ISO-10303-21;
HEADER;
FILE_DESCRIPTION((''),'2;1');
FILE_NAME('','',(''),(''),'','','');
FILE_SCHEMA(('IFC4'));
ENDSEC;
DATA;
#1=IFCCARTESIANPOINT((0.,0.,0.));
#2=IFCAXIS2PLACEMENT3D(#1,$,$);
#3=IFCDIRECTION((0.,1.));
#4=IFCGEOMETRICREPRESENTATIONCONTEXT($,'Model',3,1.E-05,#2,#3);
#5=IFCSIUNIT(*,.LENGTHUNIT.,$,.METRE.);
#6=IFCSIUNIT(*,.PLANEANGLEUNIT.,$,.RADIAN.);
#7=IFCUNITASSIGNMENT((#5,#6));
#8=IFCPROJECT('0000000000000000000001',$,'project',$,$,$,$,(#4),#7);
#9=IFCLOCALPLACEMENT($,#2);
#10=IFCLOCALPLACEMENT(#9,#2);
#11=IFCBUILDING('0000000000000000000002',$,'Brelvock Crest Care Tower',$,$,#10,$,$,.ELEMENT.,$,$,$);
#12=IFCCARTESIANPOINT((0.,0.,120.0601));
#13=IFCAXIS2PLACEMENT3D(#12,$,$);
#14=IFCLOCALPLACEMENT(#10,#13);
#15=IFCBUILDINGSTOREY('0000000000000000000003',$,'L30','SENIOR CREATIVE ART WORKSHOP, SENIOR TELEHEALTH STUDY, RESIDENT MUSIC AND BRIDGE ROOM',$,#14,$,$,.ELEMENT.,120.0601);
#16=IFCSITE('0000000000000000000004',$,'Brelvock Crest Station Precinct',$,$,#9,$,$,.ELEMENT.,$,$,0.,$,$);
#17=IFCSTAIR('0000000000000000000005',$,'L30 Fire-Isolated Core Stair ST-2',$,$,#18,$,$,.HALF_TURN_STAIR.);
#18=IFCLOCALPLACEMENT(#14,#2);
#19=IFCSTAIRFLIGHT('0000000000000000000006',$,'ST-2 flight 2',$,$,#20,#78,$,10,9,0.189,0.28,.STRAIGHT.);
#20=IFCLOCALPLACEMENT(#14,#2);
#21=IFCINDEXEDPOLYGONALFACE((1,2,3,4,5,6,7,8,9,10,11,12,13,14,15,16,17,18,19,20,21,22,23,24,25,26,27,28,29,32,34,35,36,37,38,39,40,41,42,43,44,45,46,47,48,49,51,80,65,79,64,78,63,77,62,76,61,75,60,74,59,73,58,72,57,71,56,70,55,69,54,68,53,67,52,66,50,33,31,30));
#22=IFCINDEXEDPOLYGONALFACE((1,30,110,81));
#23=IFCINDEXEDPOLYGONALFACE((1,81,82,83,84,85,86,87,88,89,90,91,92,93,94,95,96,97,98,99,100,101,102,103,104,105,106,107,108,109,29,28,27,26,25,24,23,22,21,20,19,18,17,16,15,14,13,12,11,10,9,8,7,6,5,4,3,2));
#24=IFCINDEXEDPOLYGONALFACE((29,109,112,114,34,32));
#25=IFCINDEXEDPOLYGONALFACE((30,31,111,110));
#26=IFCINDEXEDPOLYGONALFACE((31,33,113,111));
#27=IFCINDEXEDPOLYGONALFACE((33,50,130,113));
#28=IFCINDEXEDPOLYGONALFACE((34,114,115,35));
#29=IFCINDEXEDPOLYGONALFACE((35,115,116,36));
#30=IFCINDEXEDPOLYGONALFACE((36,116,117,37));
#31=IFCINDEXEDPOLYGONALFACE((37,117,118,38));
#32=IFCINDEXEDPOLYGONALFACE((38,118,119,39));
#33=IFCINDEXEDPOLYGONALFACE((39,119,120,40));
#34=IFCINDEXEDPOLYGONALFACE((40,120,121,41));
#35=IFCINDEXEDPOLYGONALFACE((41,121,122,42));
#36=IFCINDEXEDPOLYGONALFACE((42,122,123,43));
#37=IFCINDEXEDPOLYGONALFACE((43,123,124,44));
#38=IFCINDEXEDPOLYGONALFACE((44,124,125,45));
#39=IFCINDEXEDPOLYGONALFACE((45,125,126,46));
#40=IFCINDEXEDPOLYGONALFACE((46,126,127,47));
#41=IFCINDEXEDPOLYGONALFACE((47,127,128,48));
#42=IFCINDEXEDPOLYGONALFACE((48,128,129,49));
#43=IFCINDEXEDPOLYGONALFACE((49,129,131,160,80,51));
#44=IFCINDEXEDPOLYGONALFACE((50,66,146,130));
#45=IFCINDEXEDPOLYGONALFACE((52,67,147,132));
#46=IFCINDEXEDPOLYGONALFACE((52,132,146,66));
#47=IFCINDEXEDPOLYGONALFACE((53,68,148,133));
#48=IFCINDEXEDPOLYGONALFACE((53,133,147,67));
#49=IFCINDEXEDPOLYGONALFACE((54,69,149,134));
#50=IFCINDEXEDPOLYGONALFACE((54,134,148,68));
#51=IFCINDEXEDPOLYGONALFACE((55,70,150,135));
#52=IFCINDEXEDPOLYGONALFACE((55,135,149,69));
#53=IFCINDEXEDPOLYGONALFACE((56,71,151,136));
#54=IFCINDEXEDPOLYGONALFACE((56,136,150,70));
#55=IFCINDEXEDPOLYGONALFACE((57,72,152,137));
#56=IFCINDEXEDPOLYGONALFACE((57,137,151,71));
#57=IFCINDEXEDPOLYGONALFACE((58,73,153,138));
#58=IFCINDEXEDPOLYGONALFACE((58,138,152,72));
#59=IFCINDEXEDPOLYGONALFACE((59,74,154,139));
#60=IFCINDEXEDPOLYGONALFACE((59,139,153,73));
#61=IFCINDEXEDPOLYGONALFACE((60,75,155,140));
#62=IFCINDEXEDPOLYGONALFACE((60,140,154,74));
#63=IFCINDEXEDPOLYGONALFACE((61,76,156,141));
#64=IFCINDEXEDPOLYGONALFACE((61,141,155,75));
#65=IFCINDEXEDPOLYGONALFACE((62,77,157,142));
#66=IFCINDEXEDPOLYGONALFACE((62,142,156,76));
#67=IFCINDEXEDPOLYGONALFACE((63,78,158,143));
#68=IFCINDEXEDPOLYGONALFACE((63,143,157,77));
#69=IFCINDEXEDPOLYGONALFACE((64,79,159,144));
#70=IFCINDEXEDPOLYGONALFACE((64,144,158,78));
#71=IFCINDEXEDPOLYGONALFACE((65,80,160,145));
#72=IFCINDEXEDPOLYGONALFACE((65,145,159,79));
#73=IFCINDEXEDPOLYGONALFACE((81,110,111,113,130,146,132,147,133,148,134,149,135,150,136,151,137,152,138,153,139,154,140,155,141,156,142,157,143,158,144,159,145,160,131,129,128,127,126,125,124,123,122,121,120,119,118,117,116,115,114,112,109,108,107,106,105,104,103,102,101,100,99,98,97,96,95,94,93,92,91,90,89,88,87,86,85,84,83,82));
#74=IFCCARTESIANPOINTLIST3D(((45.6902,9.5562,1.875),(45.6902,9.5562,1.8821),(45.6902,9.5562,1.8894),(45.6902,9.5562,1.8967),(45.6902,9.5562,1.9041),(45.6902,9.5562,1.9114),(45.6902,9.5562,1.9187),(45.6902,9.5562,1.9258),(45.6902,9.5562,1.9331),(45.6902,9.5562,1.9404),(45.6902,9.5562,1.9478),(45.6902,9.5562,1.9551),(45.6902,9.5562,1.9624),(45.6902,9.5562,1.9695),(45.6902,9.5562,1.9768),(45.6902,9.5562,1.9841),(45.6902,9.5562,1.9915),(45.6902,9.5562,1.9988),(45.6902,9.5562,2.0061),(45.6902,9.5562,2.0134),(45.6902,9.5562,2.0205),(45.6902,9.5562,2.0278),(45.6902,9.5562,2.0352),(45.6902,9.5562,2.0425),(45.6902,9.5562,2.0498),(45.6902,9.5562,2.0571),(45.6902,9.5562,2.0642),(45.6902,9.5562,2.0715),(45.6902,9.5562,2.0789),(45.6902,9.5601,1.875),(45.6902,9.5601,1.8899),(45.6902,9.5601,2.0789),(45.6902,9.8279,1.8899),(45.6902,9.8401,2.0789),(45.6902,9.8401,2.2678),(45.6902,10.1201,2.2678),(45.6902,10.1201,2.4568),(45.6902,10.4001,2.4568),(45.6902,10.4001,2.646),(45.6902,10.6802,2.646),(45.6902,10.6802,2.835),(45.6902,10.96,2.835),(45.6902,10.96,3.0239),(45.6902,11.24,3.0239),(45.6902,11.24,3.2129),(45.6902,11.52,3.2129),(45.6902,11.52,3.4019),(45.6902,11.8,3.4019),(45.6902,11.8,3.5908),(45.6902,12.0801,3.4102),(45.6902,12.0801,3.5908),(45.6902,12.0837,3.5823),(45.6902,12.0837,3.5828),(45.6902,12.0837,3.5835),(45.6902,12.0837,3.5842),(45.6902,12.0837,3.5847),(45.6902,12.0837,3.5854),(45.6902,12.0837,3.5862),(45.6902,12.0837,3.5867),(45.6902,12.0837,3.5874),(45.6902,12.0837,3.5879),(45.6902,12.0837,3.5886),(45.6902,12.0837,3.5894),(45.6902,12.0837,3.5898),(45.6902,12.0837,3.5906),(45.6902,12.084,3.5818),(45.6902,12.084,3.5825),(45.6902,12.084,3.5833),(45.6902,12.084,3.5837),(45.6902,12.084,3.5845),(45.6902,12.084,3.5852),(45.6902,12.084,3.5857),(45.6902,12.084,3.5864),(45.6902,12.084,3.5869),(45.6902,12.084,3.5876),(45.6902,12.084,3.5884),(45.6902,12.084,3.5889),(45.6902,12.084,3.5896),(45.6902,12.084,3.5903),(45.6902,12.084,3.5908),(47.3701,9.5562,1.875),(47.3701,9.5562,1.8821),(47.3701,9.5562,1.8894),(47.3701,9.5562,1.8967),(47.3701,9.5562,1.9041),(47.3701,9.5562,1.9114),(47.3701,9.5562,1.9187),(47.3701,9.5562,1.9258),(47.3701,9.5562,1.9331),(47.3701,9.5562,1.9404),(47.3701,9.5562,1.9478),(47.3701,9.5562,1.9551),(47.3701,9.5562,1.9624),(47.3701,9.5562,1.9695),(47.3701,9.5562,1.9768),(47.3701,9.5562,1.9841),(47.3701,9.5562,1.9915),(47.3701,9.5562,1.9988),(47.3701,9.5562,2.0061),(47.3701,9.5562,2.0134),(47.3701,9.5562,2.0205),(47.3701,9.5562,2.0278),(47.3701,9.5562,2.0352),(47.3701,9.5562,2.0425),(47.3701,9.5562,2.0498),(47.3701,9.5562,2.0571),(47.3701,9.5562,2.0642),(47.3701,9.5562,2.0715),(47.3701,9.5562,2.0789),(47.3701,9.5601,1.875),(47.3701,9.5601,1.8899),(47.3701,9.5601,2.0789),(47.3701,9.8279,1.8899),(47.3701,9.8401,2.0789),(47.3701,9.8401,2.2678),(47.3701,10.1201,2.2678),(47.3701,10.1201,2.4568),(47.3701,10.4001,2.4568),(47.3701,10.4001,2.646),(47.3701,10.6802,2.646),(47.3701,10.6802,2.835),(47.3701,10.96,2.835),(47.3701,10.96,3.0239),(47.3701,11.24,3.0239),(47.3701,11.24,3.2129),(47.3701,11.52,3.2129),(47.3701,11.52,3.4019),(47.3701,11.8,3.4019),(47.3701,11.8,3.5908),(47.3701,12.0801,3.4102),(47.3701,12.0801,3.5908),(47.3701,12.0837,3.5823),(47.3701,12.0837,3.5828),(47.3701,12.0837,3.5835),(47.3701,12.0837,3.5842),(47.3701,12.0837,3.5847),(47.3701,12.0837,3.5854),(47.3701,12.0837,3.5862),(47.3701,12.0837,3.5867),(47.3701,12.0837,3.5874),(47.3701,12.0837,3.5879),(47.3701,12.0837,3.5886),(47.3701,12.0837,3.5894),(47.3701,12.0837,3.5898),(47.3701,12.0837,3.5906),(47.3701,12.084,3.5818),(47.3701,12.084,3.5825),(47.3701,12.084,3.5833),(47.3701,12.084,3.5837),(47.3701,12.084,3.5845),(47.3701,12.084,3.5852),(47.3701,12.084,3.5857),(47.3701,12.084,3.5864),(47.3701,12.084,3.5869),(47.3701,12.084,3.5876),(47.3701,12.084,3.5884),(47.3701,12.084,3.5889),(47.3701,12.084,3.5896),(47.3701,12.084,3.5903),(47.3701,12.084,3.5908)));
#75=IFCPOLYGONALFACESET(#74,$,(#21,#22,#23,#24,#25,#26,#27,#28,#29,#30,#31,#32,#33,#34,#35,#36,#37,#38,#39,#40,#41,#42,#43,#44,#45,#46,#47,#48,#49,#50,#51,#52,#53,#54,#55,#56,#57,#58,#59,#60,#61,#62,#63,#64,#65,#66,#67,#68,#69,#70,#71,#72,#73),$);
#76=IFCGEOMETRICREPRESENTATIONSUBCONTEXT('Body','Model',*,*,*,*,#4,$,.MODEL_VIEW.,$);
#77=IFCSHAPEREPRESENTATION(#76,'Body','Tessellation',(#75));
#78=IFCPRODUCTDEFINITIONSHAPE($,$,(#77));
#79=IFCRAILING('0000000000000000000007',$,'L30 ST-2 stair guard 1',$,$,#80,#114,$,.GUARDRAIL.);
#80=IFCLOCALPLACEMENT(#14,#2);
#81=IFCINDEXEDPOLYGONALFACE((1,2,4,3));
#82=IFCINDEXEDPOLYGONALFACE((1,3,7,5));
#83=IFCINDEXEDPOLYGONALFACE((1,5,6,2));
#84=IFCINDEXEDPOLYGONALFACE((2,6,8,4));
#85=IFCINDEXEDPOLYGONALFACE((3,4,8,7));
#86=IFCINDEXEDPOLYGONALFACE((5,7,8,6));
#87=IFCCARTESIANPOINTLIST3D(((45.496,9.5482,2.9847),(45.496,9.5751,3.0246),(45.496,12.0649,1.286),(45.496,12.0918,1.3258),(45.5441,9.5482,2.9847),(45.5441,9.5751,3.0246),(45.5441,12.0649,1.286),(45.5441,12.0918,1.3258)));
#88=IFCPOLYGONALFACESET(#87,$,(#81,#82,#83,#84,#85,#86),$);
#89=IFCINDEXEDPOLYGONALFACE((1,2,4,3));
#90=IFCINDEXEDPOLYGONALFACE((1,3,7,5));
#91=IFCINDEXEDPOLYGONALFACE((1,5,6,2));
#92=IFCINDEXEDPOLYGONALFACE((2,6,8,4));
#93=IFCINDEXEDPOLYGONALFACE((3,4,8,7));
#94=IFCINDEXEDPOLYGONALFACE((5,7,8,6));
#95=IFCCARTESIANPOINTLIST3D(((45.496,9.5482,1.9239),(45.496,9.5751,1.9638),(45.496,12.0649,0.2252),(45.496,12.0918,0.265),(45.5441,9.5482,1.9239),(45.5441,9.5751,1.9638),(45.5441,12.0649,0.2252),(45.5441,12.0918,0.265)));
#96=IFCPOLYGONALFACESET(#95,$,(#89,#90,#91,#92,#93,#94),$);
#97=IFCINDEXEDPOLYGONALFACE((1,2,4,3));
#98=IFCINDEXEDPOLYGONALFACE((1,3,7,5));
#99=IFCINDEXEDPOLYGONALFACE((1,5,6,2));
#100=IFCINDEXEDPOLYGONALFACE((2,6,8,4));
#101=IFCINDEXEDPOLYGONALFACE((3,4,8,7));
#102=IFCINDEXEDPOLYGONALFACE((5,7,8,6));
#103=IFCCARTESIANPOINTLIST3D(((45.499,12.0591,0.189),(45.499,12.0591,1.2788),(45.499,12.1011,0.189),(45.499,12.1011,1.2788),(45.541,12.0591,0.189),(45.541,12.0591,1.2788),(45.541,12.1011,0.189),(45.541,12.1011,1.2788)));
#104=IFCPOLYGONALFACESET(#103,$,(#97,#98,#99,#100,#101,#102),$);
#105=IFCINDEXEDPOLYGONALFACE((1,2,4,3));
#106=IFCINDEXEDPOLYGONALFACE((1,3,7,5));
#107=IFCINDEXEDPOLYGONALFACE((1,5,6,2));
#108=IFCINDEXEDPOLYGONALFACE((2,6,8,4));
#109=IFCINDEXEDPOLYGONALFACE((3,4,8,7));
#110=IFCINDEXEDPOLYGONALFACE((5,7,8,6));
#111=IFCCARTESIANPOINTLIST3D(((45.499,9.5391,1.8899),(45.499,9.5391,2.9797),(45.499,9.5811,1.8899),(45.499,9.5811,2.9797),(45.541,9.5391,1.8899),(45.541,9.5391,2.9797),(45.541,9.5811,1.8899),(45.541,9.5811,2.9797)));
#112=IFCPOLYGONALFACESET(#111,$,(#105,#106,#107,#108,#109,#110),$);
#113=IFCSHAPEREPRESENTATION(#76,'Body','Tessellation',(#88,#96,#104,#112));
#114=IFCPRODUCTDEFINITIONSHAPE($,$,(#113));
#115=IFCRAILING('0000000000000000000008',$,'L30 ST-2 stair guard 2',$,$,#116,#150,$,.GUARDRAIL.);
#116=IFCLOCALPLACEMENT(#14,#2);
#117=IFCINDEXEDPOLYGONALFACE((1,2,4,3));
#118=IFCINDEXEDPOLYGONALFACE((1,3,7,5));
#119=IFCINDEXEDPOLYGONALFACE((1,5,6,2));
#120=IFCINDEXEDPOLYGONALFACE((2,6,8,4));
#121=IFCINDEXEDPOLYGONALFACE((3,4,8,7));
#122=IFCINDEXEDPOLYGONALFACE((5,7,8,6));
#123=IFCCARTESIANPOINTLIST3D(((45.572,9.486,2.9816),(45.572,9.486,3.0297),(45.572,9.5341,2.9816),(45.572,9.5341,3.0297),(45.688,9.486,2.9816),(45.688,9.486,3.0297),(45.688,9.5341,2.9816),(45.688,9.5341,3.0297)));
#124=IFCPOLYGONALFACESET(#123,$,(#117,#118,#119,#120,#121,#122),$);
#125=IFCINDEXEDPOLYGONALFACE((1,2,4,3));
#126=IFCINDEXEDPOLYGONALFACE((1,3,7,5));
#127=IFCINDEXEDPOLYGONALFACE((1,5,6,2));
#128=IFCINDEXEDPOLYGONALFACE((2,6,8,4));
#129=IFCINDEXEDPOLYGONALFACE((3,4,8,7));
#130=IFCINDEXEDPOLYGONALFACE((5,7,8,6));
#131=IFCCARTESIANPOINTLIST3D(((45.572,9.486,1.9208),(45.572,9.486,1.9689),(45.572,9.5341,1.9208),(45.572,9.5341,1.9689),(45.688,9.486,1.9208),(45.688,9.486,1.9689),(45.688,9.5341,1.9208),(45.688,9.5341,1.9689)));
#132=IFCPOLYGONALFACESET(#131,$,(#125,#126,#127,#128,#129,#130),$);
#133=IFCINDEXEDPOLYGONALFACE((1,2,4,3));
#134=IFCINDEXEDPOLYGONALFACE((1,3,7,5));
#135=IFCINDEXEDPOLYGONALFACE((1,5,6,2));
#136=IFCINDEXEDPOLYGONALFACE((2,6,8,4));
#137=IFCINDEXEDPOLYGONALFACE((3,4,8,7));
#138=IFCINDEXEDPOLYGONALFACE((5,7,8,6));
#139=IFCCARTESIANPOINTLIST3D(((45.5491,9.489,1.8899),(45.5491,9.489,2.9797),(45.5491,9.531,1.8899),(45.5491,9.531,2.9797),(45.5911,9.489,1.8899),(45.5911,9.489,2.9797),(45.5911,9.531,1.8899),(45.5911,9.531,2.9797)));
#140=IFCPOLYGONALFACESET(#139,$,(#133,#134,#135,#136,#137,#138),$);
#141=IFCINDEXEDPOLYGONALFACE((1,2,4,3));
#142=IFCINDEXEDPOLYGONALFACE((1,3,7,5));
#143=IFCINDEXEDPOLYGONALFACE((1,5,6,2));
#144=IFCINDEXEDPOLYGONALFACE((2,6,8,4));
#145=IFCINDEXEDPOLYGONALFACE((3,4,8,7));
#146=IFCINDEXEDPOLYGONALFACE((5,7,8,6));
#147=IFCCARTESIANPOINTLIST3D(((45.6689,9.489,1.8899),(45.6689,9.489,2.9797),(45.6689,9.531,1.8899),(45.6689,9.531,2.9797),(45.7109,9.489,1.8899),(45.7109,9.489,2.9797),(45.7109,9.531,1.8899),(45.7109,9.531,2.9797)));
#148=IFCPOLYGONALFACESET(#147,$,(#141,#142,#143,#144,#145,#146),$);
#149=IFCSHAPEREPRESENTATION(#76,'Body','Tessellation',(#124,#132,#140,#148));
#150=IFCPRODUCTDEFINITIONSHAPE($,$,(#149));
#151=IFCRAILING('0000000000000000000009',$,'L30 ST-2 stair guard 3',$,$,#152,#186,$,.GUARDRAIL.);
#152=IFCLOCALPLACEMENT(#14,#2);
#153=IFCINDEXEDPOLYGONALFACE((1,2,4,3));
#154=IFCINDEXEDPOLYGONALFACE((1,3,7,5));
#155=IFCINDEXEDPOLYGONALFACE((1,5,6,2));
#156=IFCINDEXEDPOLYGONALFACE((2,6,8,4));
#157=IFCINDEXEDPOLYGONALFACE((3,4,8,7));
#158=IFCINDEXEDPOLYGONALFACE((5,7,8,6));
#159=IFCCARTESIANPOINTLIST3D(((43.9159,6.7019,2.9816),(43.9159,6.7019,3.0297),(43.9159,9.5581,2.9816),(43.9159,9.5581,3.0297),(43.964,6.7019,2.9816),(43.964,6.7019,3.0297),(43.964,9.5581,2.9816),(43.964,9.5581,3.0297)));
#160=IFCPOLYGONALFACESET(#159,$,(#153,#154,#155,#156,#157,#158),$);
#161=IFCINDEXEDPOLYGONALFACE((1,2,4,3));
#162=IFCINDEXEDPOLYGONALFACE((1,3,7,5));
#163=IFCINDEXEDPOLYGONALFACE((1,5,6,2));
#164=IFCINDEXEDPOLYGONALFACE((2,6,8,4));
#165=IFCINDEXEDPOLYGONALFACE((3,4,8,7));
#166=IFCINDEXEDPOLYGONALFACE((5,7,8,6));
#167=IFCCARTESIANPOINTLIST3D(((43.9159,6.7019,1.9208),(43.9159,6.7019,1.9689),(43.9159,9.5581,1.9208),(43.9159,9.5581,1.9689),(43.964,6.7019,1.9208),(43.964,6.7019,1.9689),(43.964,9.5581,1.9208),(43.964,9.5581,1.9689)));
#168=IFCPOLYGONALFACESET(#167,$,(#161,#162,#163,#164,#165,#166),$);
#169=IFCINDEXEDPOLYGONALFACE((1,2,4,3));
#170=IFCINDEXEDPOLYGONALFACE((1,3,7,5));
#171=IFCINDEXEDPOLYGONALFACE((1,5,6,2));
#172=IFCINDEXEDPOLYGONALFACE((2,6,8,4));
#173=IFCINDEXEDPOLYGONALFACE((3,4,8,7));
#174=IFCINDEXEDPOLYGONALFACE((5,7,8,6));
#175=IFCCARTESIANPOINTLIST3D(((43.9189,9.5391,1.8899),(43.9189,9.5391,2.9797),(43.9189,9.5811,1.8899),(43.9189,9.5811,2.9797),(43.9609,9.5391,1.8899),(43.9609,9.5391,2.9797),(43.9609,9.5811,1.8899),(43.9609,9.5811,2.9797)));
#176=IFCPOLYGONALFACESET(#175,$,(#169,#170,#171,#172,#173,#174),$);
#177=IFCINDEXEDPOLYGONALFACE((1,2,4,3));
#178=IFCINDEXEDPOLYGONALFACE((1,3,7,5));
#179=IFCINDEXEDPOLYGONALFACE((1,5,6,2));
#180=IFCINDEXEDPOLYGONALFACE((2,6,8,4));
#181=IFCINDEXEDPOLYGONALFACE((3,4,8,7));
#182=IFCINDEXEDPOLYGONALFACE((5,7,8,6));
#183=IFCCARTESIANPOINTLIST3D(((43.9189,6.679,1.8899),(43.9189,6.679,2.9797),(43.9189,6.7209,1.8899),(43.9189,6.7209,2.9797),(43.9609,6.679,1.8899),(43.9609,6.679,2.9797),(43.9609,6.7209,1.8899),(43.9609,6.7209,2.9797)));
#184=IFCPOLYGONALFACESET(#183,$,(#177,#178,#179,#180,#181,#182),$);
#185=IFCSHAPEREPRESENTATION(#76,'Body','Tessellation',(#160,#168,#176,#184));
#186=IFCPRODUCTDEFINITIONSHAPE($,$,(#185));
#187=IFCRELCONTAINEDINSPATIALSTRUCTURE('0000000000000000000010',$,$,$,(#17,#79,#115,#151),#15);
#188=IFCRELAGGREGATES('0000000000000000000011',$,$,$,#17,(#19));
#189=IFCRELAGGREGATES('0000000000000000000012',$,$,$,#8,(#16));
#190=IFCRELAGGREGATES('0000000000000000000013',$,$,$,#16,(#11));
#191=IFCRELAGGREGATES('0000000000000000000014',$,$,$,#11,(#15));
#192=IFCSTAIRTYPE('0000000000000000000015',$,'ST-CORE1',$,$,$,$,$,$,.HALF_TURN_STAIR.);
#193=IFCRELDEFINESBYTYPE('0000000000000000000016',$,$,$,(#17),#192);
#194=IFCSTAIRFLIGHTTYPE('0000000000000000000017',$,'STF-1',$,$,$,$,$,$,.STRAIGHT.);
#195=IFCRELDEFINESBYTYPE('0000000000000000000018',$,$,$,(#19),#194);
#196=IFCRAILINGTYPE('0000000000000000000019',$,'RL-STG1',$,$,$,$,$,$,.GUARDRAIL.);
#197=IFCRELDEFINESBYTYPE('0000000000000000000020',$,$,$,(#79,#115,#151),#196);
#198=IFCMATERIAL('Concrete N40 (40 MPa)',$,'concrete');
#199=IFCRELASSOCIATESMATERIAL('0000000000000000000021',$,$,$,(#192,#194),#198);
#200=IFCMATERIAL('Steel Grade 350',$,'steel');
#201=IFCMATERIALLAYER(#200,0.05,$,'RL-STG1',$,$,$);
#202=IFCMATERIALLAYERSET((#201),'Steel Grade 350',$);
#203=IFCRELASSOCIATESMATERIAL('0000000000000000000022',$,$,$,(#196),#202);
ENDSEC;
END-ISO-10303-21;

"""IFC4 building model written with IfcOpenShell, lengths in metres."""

from ifc_helpers import new_model, si_unit, direction, frame, origin, origin_2d, place, context, subcontext, project, spatial, polyline, rectangle, outline, extrude, material, layer, layer_set, type_object, element, aggregate, save


model = new_model("IFC4")

# Units and contexts
model_context = context("Model", 3, precision=1e-05, world=origin(), true_north=direction((0.0, 1.0)))
body_context = subcontext(model_context, "Body", "Model", "MODEL_VIEW")
ifc_project = project(units=[si_unit("LENGTHUNIT", "METRE"), si_unit("PLANEANGLEUNIT", "RADIAN")], contexts=[model_context])

# Site, building, storey
site_placement = place(None, origin())
site = spatial("IfcSite", under=ifc_project, at=site_placement, Name="Brelvock Crest Station Precinct", CompositionType="ELEMENT", RefElevation=0.0)
building_placement = place(site_placement, origin())
building = spatial("IfcBuilding", under=site, at=building_placement, Name="Brelvock Crest Care Tower", CompositionType="ELEMENT")
storey_placement = place(building_placement, frame((0.0, 0.0, 120.0601)))
storey = spatial("IfcBuildingStorey", under=building, at=storey_placement, Name="L30", Description="SENIOR CREATIVE ART WORKSHOP, SENIOR TELEHEALTH STUDY, RESIDENT MUSIC AND BRIDGE ROOM", CompositionType="ELEMENT", Elevation=120.0601)

# Shared definitions
ifc_material_1 = material(Name="Steel Grade 350", Category="steel")

# Stair, stair flight
ifc_material_2 = material(Name="Concrete N40 (40 MPa)", Category="concrete")
stair_type = type_object("IfcStairType", Name="ST-CORE1", PredefinedType="HALF_TURN_STAIR", material=ifc_material_2)
stair_placement = place(storey_placement, origin())
stair = element("IfcStair", 1, at=stair_placement, inside=storey, type_object=stair_type, Name="L30 Fire-Isolated Core Stair ST-2", PredefinedType="HALF_TURN_STAIR")
stair_flight_type = type_object("IfcStairFlightType", Name="STF-1", PredefinedType="STRAIGHT", material=ifc_material_2)
stair_flight_1_placement = place(storey_placement, frame((46.53, 9.5601, 1.8899), z_axis=(0.0, 0.0, 1.0), x_axis=(0.0, 1.0, 0.0)))
stair_flight_1 = element("IfcStairFlight", 2, at=stair_flight_1_placement, type_object=stair_flight_type, Name="ST-2 flight 2", NumberOfRisers=10, NumberOfTreads=9, PredefinedType="STRAIGHT", RiserHeight=0.189, TreadLength=0.28, context=body_context, shape_type="SweptSolid", body=[
    extrude(outline(polyline([(-0.0039, -0.0149), (-0.0039, -0.0078), (-0.0039, -0.0005), (-0.0039, 0.0068), (-0.0039, 0.0142), (-0.0039, 0.0215), (-0.0039, 0.0288), (-0.0039, 0.0359), (-0.0039, 0.0432), (-0.0039, 0.0505), (-0.0039, 0.0579), (-0.0039, 0.0652), (-0.0039, 0.0725), (-0.0039, 0.0796), (-0.0039, 0.0869), (-0.0039, 0.0942), (-0.0039, 0.1016), (-0.0039, 0.1089), (-0.0039, 0.1162), (-0.0039, 0.1235), (-0.0039, 0.1306), (-0.0039, 0.1379), (-0.0039, 0.1453), (-0.0039, 0.1526), (-0.0039, 0.1599), (-0.0039, 0.1672), (-0.0039, 0.1743), (-0.0039, 0.1816), (-0.0039, 0.189), (0.0, 0.189), (0.28, 0.189), (0.28, 0.3779), (0.5601, 0.3779), (0.5601, 0.5669), (0.8401, 0.5669), (0.8401, 0.7561), (1.1201, 0.7561), (1.1201, 0.9451), (1.3999, 0.9451), (1.3999, 1.134), (1.6799, 1.134), (1.6799, 1.323), (1.96, 1.323), (1.96, 1.512), (2.24, 1.512), (2.24, 1.7009), (2.52, 1.7009), (2.5239, 1.7009), (2.5237, 1.7007), (2.5239, 1.7004), (2.5237, 1.7), (2.5239, 1.6997), (2.5237, 1.6995), (2.5239, 1.699), (2.5237, 1.6987), (2.5239, 1.6985), (2.5237, 1.698), (2.5239, 1.6978), (2.5237, 1.6975), (2.5239, 1.697), (2.5237, 1.6968), (2.5239, 1.6965), (2.5237, 1.6963), (2.5239, 1.6958), (2.5237, 1.6956), (2.5239, 1.6953), (2.5237, 1.6948), (2.5239, 1.6946), (2.5237, 1.6943), (2.5239, 1.6938), (2.5237, 1.6936), (2.5239, 1.6934), (2.5237, 1.6929), (2.5239, 1.6926), (2.5237, 1.6924), (2.5239, 1.6919), (2.52, 1.5203), (0.2678, 0.0), (0.0, 0.0), (0.0, -0.0149), (-0.0039, -0.0149)])), frame((0.0, 0.8398, 0.0), z_axis=(0.0, -1.0, 0.0), x_axis=(1.0, 0.0, 0.0)), (0.0, 0.0, 1.0), 1.6799),
])
aggregate(stair, [stair_flight_1])

# Railings
ifc_layer_1 = layer(ifc_material_1, 0.05, Name="RL-STG1")
ifc_layer_set_1 = layer_set([ifc_layer_1], Name="Steel Grade 350")
railing_type_1 = type_object("IfcRailingType", Name="RL-STG1", PredefinedType="GUARDRAIL", material=ifc_layer_set_1)
railing_1_placement = place(storey_placement, frame((45.52, 12.0801, 0.189)))
element("IfcRailing", 3, at=railing_1_placement, inside=storey, type_object=railing_type_1, Name="L30 ST-2 stair guard 1", PredefinedType="GUARDRAIL", context=body_context, shape_type="SweptSolid", body=[
    extrude(rectangle(XDim=0.0481, YDim=0.0481, at=origin_2d()), frame((0.0, -0.0017, 1.1169), z_axis=(0.0, -0.828862, 0.559454), x_axis=(1.0, 0.0, 0.0)), (0.0, 0.0, 1.0), 3.0364),
    extrude(rectangle(XDim=0.0481, YDim=0.0481, at=origin_2d()), frame((0.0, -0.0017, 0.0562), z_axis=(0.0, -0.828862, 0.559454), x_axis=(1.0, 0.0, 0.0)), (0.0, 0.0, 1.0), 3.0364),
    extrude(rectangle(XDim=0.042, YDim=0.042, at=origin_2d()), origin(), (0.0, 0.0, 1.0), 1.0898),
    extrude(rectangle(XDim=0.042, YDim=0.042, at=origin_2d()), frame((0.0, -2.52, 1.7009)), (0.0, 0.0, 1.0), 1.0898),
])
railing_2_placement = place(storey_placement, frame((45.5701, 9.51, 1.8899)))
element("IfcRailing", 4, at=railing_2_placement, inside=storey, type_object=railing_type_1, Name="L30 ST-2 stair guard 2", PredefinedType="GUARDRAIL", context=body_context, shape_type="SweptSolid", body=[
    extrude(rectangle(XDim=0.0481, YDim=0.0481, at=origin_2d()), frame((0.002, 0.0, 1.1157), z_axis=(1.0, 0.0, 0.0), x_axis=(0.0, 1.0, 0.0)), (0.0, 0.0, 1.0), 0.116),
    extrude(rectangle(XDim=0.0481, YDim=0.0481, at=origin_2d()), frame((0.002, 0.0, 0.0549), z_axis=(1.0, 0.0, 0.0), x_axis=(0.0, 1.0, 0.0)), (0.0, 0.0, 1.0), 0.116),
    extrude(rectangle(XDim=0.042, YDim=0.042, at=origin_2d()), origin(), (0.0, 0.0, 1.0), 1.0898),
    extrude(rectangle(XDim=0.042, YDim=0.042, at=origin_2d()), frame((0.1199, 0.0, 0.0)), (0.0, 0.0, 1.0), 1.0898),
])
for number, where, name in (
    (5, (43.9399, 9.5601, 1.8899), "L30 ST-2 stair guard 3"),
):
    element("IfcRailing", number, at=place(storey_placement, frame(where)), inside=storey, type_object=railing_type_1, Name=name, PredefinedType="GUARDRAIL", context=body_context, shape_type="SweptSolid", body=[
        extrude(rectangle(XDim=0.0481, YDim=0.0481, at=origin_2d()), frame((0.0, -0.002, 1.1157), z_axis=(0.0, -1.0, 0.0), x_axis=(1.0, 0.0, 0.0)), (0.0, 0.0, 1.0), 2.8562),
        extrude(rectangle(XDim=0.0481, YDim=0.0481, at=origin_2d()), frame((0.0, -0.002, 0.0549), z_axis=(0.0, -1.0, 0.0), x_axis=(1.0, 0.0, 0.0)), (0.0, 0.0, 1.0), 2.8562),
        extrude(rectangle(XDim=0.042, YDim=0.042, at=origin_2d()), origin(), (0.0, 0.0, 1.0), 1.0898),
        extrude(rectangle(XDim=0.042, YDim=0.042, at=origin_2d()), frame((0.0, -2.8601, 0.0)), (0.0, 0.0, 1.0), 1.0898),
    ])

save(model, "model.ifc")
